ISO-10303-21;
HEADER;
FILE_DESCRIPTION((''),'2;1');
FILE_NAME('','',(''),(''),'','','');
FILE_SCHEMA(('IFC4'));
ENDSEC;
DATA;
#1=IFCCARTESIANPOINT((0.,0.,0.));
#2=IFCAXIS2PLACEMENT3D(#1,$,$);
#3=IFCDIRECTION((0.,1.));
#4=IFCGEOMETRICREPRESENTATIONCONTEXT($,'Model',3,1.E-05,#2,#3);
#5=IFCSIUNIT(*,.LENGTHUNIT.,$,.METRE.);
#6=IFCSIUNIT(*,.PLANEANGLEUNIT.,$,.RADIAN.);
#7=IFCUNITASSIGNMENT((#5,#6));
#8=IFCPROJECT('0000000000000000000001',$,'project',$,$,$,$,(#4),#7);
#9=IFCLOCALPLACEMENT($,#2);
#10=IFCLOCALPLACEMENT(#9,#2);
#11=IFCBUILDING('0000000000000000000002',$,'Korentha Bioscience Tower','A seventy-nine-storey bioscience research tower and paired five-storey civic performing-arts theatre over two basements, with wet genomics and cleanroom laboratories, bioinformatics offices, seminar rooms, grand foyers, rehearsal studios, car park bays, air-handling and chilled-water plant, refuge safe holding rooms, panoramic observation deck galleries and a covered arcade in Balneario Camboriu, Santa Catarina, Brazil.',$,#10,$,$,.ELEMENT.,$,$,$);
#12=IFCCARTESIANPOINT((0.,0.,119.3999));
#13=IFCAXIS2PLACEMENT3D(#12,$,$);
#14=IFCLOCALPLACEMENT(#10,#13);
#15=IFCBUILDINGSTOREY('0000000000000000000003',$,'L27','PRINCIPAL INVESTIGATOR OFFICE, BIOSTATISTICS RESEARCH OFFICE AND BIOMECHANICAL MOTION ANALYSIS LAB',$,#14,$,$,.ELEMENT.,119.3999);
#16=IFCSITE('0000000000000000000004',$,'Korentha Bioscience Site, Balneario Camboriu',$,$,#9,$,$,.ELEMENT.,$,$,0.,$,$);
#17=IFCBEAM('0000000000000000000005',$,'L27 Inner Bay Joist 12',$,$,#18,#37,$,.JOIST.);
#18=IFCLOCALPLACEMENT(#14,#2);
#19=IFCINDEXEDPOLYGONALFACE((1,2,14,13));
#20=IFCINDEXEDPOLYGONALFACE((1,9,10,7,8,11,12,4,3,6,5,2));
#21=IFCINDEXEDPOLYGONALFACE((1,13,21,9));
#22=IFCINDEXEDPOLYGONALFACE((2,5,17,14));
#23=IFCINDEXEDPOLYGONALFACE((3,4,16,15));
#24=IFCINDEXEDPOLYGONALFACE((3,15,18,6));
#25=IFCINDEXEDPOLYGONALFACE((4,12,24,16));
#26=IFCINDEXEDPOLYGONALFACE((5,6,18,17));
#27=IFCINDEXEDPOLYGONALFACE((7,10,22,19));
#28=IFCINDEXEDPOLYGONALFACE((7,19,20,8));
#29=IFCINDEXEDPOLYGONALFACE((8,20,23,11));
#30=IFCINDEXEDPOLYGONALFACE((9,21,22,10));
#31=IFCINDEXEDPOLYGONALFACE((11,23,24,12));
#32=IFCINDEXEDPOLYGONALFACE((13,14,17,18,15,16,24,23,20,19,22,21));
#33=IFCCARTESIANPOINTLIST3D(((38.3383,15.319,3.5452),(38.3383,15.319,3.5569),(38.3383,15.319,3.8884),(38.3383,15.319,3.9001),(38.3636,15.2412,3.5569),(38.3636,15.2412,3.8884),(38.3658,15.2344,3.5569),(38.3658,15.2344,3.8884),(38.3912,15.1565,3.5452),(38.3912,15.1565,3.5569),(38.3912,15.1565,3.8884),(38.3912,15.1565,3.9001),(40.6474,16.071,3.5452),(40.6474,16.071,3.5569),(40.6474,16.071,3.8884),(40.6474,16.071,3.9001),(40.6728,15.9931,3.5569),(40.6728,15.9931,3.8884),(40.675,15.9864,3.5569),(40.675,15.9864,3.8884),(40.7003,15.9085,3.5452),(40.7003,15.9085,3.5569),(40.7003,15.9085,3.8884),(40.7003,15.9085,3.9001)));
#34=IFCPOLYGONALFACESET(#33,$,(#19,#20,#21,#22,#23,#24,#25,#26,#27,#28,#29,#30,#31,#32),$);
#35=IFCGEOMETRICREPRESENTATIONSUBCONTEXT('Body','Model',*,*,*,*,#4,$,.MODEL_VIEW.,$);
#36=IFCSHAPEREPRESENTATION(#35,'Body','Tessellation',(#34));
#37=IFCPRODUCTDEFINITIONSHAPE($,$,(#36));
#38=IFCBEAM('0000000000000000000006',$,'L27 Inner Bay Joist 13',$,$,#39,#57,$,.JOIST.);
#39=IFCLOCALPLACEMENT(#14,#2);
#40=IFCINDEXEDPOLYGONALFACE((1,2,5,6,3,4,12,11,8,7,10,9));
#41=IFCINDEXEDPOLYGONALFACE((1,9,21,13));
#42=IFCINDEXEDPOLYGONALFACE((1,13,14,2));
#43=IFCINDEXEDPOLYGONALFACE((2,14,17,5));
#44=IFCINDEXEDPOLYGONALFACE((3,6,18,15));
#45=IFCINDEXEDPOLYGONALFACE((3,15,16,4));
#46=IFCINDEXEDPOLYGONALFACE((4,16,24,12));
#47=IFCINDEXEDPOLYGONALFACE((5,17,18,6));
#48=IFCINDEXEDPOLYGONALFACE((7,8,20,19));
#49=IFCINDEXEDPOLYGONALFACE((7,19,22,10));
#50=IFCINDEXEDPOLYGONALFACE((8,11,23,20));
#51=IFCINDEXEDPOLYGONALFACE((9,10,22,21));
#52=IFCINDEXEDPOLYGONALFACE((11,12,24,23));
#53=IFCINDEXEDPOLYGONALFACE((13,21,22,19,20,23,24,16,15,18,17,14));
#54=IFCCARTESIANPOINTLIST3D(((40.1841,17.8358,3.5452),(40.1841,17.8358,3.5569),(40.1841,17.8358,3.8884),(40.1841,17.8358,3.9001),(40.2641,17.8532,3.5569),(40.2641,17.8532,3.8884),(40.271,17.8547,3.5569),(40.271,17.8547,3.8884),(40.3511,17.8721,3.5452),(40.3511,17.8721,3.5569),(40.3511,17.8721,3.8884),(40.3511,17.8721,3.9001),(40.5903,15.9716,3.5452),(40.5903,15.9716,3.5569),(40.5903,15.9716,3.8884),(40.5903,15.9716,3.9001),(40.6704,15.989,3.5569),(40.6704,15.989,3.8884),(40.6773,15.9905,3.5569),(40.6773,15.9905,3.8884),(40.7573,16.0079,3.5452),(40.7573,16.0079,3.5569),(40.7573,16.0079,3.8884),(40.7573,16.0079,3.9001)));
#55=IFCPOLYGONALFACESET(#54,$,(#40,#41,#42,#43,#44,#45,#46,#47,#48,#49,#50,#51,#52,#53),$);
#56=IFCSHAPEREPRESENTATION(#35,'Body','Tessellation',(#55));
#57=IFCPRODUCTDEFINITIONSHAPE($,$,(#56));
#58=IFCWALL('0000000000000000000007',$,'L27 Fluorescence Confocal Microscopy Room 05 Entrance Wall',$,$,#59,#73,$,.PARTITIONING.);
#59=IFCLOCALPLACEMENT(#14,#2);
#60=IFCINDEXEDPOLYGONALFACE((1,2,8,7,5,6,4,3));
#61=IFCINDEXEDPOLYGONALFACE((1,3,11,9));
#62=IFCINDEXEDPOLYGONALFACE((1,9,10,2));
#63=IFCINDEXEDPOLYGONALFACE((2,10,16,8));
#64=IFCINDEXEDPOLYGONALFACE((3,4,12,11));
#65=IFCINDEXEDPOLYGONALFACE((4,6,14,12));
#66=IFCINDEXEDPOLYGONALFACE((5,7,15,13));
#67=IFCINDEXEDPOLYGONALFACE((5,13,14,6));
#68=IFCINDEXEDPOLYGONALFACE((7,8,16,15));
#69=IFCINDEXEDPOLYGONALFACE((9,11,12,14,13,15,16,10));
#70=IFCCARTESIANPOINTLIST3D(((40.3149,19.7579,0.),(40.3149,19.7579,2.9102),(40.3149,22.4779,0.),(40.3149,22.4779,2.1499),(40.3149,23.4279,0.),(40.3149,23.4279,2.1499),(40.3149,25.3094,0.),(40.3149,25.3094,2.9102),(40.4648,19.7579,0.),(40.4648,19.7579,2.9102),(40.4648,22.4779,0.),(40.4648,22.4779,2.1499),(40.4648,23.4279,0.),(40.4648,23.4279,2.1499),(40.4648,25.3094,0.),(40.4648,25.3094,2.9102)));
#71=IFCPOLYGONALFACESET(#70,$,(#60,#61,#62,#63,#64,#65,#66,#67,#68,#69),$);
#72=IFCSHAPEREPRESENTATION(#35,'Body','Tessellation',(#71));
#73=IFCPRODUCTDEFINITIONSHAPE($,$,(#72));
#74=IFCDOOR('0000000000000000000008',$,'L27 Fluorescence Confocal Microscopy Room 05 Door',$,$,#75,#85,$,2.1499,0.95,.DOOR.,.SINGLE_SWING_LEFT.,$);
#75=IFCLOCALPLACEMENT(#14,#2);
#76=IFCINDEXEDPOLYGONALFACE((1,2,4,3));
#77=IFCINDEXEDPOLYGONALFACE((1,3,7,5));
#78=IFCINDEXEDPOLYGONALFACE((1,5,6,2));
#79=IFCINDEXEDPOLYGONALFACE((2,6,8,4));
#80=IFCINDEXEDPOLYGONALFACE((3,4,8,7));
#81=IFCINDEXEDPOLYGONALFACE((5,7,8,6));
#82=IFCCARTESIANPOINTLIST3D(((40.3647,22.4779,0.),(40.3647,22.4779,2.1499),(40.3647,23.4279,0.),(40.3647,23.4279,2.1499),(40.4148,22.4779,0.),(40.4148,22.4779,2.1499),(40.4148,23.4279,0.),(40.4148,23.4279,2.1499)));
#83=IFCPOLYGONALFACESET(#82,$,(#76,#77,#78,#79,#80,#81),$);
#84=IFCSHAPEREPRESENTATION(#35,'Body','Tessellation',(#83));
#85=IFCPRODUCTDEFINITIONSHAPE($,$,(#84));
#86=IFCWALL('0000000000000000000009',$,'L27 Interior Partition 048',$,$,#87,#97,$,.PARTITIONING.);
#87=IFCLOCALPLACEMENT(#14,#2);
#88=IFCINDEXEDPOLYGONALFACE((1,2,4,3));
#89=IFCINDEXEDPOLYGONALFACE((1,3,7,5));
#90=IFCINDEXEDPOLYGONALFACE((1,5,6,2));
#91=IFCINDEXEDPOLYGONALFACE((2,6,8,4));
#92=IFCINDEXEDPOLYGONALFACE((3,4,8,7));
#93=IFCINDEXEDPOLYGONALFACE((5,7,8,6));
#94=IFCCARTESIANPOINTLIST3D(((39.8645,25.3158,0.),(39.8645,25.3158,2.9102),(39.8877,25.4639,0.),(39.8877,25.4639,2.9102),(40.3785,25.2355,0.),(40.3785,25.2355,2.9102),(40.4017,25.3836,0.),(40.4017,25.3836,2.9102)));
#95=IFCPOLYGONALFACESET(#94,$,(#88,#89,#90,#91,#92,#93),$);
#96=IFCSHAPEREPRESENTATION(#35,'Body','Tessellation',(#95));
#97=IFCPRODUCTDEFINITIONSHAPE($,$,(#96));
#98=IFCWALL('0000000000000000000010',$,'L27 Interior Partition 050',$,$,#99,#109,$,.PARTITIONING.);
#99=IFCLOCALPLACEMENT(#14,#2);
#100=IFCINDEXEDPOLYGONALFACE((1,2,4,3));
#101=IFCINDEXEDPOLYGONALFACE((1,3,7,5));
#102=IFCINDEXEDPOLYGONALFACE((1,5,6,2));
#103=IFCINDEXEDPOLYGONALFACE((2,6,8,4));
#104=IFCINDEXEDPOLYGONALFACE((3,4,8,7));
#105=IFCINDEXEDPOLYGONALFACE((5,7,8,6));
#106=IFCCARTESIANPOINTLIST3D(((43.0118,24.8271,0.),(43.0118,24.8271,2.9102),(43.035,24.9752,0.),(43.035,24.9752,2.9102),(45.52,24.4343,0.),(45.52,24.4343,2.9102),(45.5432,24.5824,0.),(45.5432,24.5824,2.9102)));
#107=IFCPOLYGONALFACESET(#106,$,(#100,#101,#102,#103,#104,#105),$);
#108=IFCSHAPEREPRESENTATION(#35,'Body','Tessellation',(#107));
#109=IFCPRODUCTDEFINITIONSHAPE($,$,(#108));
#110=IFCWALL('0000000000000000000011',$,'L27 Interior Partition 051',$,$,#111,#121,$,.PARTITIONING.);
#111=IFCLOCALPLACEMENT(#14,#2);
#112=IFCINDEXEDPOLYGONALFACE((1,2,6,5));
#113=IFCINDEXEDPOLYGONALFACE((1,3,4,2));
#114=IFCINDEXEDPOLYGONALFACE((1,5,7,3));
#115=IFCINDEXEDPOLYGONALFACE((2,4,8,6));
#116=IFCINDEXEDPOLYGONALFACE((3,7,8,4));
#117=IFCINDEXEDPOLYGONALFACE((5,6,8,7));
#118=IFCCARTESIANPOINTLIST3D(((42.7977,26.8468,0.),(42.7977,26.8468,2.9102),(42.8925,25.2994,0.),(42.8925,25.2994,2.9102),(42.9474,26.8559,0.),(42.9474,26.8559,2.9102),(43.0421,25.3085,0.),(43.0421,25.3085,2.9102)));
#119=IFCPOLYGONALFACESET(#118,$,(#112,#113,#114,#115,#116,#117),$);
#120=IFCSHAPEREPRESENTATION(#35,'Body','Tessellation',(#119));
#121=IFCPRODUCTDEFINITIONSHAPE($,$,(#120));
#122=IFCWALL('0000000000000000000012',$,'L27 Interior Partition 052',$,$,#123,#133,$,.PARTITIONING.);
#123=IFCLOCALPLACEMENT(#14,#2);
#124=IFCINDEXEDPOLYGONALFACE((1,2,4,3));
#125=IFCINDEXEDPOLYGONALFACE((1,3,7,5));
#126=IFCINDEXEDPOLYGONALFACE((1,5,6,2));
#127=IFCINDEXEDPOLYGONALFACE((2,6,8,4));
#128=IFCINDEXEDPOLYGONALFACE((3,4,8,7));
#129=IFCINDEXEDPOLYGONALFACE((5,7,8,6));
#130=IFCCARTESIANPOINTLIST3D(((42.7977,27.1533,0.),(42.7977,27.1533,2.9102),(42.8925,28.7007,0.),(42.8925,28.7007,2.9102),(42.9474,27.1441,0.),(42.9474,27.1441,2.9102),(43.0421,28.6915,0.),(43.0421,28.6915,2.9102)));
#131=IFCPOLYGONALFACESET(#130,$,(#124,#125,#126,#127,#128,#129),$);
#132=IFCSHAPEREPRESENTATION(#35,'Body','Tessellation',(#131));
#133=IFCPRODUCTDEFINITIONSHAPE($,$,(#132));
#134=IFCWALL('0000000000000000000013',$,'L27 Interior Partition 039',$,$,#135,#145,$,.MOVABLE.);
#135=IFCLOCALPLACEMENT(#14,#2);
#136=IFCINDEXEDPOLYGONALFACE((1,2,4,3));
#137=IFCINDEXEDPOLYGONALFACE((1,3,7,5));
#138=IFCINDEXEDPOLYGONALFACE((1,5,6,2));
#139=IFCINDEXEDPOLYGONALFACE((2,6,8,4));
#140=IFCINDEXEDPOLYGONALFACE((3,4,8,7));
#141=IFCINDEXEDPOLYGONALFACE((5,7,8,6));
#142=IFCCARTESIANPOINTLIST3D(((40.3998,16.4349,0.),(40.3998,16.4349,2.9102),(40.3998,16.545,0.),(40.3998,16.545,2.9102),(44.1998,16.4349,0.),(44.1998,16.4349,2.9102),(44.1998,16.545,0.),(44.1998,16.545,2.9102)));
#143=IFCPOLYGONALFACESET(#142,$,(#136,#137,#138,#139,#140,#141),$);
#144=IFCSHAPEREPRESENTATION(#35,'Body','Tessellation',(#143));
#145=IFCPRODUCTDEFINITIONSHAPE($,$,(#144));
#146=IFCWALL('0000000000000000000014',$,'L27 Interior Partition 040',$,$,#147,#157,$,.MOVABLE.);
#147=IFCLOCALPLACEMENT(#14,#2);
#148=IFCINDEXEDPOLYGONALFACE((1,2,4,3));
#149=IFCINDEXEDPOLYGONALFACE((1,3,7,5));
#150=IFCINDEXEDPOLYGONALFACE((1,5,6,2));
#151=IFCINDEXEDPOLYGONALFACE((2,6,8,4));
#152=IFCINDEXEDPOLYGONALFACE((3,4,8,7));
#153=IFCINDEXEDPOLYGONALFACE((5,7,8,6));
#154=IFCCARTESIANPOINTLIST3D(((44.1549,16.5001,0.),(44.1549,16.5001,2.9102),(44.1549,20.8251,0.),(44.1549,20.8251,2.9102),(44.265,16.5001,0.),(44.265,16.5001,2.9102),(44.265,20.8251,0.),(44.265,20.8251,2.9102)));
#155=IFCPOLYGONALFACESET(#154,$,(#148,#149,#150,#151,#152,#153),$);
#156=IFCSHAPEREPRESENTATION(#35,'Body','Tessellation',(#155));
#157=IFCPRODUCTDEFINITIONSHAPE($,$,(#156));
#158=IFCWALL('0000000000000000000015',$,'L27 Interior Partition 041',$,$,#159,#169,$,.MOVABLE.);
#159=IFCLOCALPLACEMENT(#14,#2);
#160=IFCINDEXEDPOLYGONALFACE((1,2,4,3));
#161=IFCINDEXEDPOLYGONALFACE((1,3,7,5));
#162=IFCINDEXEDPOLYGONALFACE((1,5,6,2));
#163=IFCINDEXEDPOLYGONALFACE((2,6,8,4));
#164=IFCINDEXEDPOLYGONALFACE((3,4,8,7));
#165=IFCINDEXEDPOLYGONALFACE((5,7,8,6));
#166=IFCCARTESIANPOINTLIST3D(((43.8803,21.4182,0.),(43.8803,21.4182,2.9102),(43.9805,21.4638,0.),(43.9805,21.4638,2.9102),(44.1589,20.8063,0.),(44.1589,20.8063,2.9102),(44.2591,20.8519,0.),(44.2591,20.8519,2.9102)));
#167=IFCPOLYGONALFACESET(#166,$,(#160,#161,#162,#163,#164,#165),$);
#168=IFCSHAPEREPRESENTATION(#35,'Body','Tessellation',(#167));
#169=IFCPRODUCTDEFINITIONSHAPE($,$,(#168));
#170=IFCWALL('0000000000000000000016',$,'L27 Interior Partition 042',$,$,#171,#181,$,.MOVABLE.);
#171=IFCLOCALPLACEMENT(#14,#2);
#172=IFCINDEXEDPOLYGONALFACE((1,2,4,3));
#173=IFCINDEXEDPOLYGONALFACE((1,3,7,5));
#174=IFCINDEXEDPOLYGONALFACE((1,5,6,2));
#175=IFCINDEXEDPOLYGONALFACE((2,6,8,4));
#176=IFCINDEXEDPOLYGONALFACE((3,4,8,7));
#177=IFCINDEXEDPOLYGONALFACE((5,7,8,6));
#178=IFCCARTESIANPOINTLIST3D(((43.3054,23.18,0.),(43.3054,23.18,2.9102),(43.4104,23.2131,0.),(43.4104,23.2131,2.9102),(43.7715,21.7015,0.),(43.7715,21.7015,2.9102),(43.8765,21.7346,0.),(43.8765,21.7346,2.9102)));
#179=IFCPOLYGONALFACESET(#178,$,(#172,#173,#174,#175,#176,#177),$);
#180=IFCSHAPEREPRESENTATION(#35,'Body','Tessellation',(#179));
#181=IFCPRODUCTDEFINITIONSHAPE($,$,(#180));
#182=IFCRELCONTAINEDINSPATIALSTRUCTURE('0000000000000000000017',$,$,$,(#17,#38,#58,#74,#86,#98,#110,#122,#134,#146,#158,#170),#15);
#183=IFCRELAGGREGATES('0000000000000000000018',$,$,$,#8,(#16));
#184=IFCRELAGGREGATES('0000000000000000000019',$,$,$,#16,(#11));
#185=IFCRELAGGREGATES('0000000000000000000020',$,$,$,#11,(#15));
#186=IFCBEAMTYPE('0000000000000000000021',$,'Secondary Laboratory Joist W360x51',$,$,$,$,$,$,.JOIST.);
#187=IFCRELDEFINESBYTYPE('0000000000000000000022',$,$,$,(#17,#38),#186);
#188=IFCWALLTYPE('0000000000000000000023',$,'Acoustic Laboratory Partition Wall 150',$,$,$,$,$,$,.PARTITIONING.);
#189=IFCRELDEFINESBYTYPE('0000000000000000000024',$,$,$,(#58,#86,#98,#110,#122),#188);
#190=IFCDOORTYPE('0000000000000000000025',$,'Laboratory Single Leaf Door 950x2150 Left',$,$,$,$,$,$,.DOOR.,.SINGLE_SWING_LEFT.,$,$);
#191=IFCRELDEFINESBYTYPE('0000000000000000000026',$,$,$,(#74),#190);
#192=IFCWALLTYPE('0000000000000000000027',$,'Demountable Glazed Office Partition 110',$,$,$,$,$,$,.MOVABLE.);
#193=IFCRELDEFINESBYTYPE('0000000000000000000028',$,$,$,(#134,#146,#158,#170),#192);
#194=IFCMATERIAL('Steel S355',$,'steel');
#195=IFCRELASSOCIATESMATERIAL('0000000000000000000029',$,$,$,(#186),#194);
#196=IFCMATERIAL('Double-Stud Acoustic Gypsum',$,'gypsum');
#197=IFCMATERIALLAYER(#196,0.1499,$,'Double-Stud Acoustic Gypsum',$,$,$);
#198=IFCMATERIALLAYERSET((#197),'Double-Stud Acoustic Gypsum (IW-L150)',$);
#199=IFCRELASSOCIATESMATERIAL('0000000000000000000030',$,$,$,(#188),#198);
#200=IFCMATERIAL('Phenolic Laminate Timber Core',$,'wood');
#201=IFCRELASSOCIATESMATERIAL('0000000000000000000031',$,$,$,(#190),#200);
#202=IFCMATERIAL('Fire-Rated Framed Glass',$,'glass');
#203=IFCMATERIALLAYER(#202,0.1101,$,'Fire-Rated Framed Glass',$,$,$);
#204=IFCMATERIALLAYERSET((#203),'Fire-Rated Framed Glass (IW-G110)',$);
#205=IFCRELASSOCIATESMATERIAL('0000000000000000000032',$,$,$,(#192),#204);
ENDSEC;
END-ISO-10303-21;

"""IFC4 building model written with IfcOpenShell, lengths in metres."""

from ifc_helpers import new_model, si_unit, direction, frame, frame_2d, origin, origin_2d, place, context, subcontext, project, spatial, rectangle, i_section, extrude, material, layer, layer_set, material_profile, profile_set, type_object, element, fill, save


model = new_model("IFC4")

# Units and contexts
model_context = context("Model", 3, precision=1e-05, world=origin(), true_north=direction((0.0, 1.0)))
body_context = subcontext(model_context, "Body", "Model", "MODEL_VIEW")
ifc_project = project(units=[si_unit("LENGTHUNIT", "METRE"), si_unit("PLANEANGLEUNIT", "RADIAN")], contexts=[model_context])

# Site, building, storey
site_placement = place(None, origin())
site = spatial("IfcSite", under=ifc_project, at=site_placement, Name="Korentha Bioscience Site, Balneario Camboriu", CompositionType="ELEMENT", RefElevation=0.0)
building_placement = place(site_placement, origin())
building = spatial("IfcBuilding", under=site, at=building_placement, Name="Korentha Bioscience Tower", Description="A seventy-nine-storey bioscience research tower and paired five-storey civic performing-arts theatre over two basements, with wet genomics and cleanroom laboratories, bioinformatics offices, seminar rooms, grand foyers, rehearsal studios, car park bays, air-handling and chilled-water plant, refuge safe holding rooms, panoramic observation deck galleries and a covered arcade in Balneario Camboriu, Santa Catarina, Brazil.", CompositionType="ELEMENT")
storey_placement = place(building_placement, frame((0.0, 0.0, 119.3999)))
storey = spatial("IfcBuildingStorey", under=building, at=storey_placement, Name="L27", Description="PRINCIPAL INVESTIGATOR OFFICE, BIOSTATISTICS RESEARCH OFFICE AND BIOMECHANICAL MOTION ANALYSIS LAB", CompositionType="ELEMENT", Elevation=119.3999)

# Beams
ifc_material_1 = material(Name="Steel S355", Category="steel")
ifc_material_profile_1 = material_profile(ifc_material_1, i_section(OverallWidth=0.1709, OverallDepth=0.355, WebThickness=0.0071, FlangeThickness=0.0117, at=origin_2d()), Name="Steel S355")
ifc_profile_set_1 = profile_set([ifc_material_profile_1], Name="Steel S355 (JB-360)")
beam_type_1 = type_object("IfcBeamType", Name="Secondary Laboratory Joist W360x51", PredefinedType="JOIST", material=ifc_profile_set_1)
beam_1_placement = place(storey_placement, frame((38.3647, 15.2378, 3.7227), z_axis=(0.950852, 0.309645, 0.0), x_axis=(-0.309645, 0.950852, 0.0)))
element("IfcBeam", 1, at=beam_1_placement, inside=storey, type_object=beam_type_1, Name="L27 Inner Bay Joist 12", PredefinedType="JOIST", context=body_context, shape_type="SweptSolid", body=[
    extrude(i_section(OverallWidth=0.1709, OverallDepth=0.355, WebThickness=0.0071, FlangeThickness=0.0117, at=origin_2d()), origin(), (0.0, 0.0, 1.0), 2.4285),
])
beam_2_placement = place(storey_placement, frame((40.6738, 15.9897, 3.7227), z_axis=(-0.212918, 0.97707, 0.0), x_axis=(-0.97707, -0.212918, 0.0)))
element("IfcBeam", 2, at=beam_2_placement, inside=storey, type_object=beam_type_1, Name="L27 Inner Bay Joist 13", PredefinedType="JOIST", context=body_context, shape_type="SweptSolid", body=[
    extrude(i_section(OverallWidth=0.1709, OverallDepth=0.355, WebThickness=0.0071, FlangeThickness=0.0117, at=origin_2d()), origin(), (0.0, 0.0, 1.0), 1.908),
])

# Wall, opening, door
ifc_material_2 = material(Name="Double-Stud Acoustic Gypsum", Category="gypsum")
ifc_layer_1 = layer(ifc_material_2, 0.1499, Name="Double-Stud Acoustic Gypsum")
ifc_layer_set_1 = layer_set([ifc_layer_1], Name="Double-Stud Acoustic Gypsum (IW-L150)")
wall_type_1 = type_object("IfcWallType", Name="Acoustic Laboratory Partition Wall 150", PredefinedType="PARTITIONING", material=ifc_layer_set_1)
wall_1_placement = place(storey_placement, frame((40.3899, 25.3096, 0.0), z_axis=(0.0, 0.0, 1.0), x_axis=(0.0, -1.0, 0.0)))
wall_1 = element("IfcWall", 3, at=wall_1_placement, inside=storey, type_object=wall_type_1, Name="L27 Fluorescence Confocal Microscopy Room 05 Entrance Wall", PredefinedType="PARTITIONING", context=body_context, shape_type="SweptSolid", body=[
    extrude(rectangle(XDim=5.5515, YDim=0.1499, at=frame_2d((2.7759, 0.0))), origin(), (0.0, 0.0, 1.0), 2.9102),
])
opening_1_placement = place(wall_1_placement, frame((1.8816, 0.0, 0.0)))
opening_1 = element("IfcOpeningElement", 4, at=opening_1_placement, cuts=wall_1, PredefinedType="OPENING", context=body_context, shape_type="SweptSolid", body=[
    extrude(rectangle(XDim=0.95, YDim=2.1499, at=frame_2d((0.4751, 1.075))), frame((0.0, 0.0898, 0.0), z_axis=(0.0, -1.0, 0.0), x_axis=(1.0, 0.0, 0.0)), (0.0, 0.0, 1.0), 0.1797),
])
ifc_material_3 = material(Name="Phenolic Laminate Timber Core", Category="wood")
door_type_1 = type_object("IfcDoorType", Name="Laboratory Single Leaf Door 950x2150 Left", OperationType="SINGLE_SWING_LEFT", PredefinedType="DOOR", material=ifc_material_3)
door_1_placement = place(opening_1_placement, origin())
door_1 = element("IfcDoor", 5, at=door_1_placement, inside=storey, type_object=door_type_1, Name="L27 Fluorescence Confocal Microscopy Room 05 Door", OperationType="SINGLE_SWING_LEFT", OverallHeight=2.1499, OverallWidth=0.95, PredefinedType="DOOR", context=body_context, shape_type="SweptSolid", body=[
    extrude(rectangle(XDim=0.95, YDim=2.1499, at=frame_2d((0.4751, 1.075))), frame((0.0, 0.0249, 0.0), z_axis=(0.0, -1.0, 0.0), x_axis=(1.0, 0.0, 0.0)), (0.0, 0.0, 1.0), 0.05),
])
fill(opening_1, door_1)

# Walls
wall_2_placement = place(storey_placement, frame((39.876, 25.3899, 0.0), z_axis=(0.0, 0.0, 1.0), x_axis=(0.988005, -0.15442, 0.0)))
element("IfcWall", 6, at=wall_2_placement, inside=storey, type_object=wall_type_1, Name="L27 Interior Partition 048", PredefinedType="PARTITIONING", context=body_context, shape_type="SweptSolid", body=[
    extrude(rectangle(XDim=0.5203, YDim=0.1499, at=frame_2d((0.2603, 0.0))), origin(), (0.0, 0.0, 1.0), 2.9102),
])
wall_3_placement = place(storey_placement, frame((45.5317, 24.5083, 0.0), z_axis=(0.0, 0.0, 1.0), x_axis=(-0.987958, 0.154723, 0.0)))
element("IfcWall", 7, at=wall_3_placement, inside=storey, type_object=wall_type_1, Name="L27 Interior Partition 050", PredefinedType="PARTITIONING", context=body_context, shape_type="SweptSolid", body=[
    extrude(rectangle(XDim=2.5388, YDim=0.1499, at=frame_2d((1.2695, 0.0))), origin(), (0.0, 0.0, 1.0), 2.9102),
])
for number, where, z_axis, x_axis, name in (
    (8, (42.9673, 25.304, 0.0), (0.0, 0.0, 1.0), (-0.061104, 0.998131, 0.0), "L27 Interior Partition 051"),
    (9, (42.8726, 27.1487, 0.0), (0.0, 0.0, 1.0), (0.061104, 0.998131, 0.0), "L27 Interior Partition 052"),
):
    element("IfcWall", number, at=place(storey_placement, frame(where, z_axis=z_axis, x_axis=x_axis)), inside=storey, type_object=wall_type_1, Name=name, PredefinedType="PARTITIONING", context=body_context, shape_type="SweptSolid", body=[
        extrude(rectangle(XDim=1.5503, YDim=0.1499, at=frame_2d((0.7751, 0.0))), origin(), (0.0, 0.0, 1.0), 2.9102),
    ])

# Shared definitions
ifc_material_4 = material(Name="Fire-Rated Framed Glass", Category="glass")
ifc_layer_2 = layer(ifc_material_4, 0.1101, Name="Fire-Rated Framed Glass")
ifc_layer_set_2 = layer_set([ifc_layer_2], Name="Fire-Rated Framed Glass (IW-G110)")
wall_type_2 = type_object("IfcWallType", Name="Demountable Glazed Office Partition 110", PredefinedType="MOVABLE", material=ifc_layer_set_2)

# Walls
wall_4_placement = place(storey_placement, frame((40.3999, 16.49, 0.0), z_axis=(0.0, 0.0, 1.0), x_axis=(1.0, 0.0, 0.0)))
element("IfcWall", 10, at=wall_4_placement, inside=storey, type_object=wall_type_2, Name="L27 Interior Partition 039", PredefinedType="MOVABLE", context=body_context, shape_type="SweptSolid", body=[
    extrude(rectangle(XDim=3.8, YDim=0.1101, at=frame_2d((1.8999, 0.0))), origin(), (0.0, 0.0, 1.0), 2.9102),
])
wall_5_placement = place(storey_placement, frame((44.21, 16.5, 0.0), z_axis=(0.0, 0.0, 1.0), x_axis=(0.0, 1.0, 0.0)))
element("IfcWall", 11, at=wall_5_placement, inside=storey, type_object=wall_type_2, Name="L27 Interior Partition 040", PredefinedType="MOVABLE", context=body_context, shape_type="SweptSolid", body=[
    extrude(rectangle(XDim=4.325, YDim=0.1101, at=frame_2d((2.1626, 0.0))), origin(), (0.0, 0.0, 1.0), 2.9102),
])
wall_6_placement = place(storey_placement, frame((44.209, 20.8291, 0.0), z_axis=(0.0, 0.0, 1.0), x_axis=(-0.414377, 0.910105, 0.0)))
element("IfcWall", 12, at=wall_6_placement, inside=storey, type_object=wall_type_2, Name="L27 Interior Partition 041", PredefinedType="MOVABLE", context=body_context, shape_type="SweptSolid", body=[
    extrude(rectangle(XDim=0.6724, YDim=0.1101, at=frame_2d((0.3362, 0.0))), origin(), (0.0, 0.0, 1.0), 2.9102),
])
wall_7_placement = place(storey_placement, frame((43.824, 21.718, 0.0), z_axis=(0.0, 0.0, 1.0), x_axis=(-0.300641, 0.953737, 0.0)))
element("IfcWall", 13, at=wall_7_placement, inside=storey, type_object=wall_type_2, Name="L27 Interior Partition 042", PredefinedType="MOVABLE", context=body_context, shape_type="SweptSolid", body=[
    extrude(rectangle(XDim=1.5503, YDim=0.1101, at=frame_2d((0.7751, 0.0))), origin(), (0.0, 0.0, 1.0), 2.9102),
])

save(model, "model.ifc")
